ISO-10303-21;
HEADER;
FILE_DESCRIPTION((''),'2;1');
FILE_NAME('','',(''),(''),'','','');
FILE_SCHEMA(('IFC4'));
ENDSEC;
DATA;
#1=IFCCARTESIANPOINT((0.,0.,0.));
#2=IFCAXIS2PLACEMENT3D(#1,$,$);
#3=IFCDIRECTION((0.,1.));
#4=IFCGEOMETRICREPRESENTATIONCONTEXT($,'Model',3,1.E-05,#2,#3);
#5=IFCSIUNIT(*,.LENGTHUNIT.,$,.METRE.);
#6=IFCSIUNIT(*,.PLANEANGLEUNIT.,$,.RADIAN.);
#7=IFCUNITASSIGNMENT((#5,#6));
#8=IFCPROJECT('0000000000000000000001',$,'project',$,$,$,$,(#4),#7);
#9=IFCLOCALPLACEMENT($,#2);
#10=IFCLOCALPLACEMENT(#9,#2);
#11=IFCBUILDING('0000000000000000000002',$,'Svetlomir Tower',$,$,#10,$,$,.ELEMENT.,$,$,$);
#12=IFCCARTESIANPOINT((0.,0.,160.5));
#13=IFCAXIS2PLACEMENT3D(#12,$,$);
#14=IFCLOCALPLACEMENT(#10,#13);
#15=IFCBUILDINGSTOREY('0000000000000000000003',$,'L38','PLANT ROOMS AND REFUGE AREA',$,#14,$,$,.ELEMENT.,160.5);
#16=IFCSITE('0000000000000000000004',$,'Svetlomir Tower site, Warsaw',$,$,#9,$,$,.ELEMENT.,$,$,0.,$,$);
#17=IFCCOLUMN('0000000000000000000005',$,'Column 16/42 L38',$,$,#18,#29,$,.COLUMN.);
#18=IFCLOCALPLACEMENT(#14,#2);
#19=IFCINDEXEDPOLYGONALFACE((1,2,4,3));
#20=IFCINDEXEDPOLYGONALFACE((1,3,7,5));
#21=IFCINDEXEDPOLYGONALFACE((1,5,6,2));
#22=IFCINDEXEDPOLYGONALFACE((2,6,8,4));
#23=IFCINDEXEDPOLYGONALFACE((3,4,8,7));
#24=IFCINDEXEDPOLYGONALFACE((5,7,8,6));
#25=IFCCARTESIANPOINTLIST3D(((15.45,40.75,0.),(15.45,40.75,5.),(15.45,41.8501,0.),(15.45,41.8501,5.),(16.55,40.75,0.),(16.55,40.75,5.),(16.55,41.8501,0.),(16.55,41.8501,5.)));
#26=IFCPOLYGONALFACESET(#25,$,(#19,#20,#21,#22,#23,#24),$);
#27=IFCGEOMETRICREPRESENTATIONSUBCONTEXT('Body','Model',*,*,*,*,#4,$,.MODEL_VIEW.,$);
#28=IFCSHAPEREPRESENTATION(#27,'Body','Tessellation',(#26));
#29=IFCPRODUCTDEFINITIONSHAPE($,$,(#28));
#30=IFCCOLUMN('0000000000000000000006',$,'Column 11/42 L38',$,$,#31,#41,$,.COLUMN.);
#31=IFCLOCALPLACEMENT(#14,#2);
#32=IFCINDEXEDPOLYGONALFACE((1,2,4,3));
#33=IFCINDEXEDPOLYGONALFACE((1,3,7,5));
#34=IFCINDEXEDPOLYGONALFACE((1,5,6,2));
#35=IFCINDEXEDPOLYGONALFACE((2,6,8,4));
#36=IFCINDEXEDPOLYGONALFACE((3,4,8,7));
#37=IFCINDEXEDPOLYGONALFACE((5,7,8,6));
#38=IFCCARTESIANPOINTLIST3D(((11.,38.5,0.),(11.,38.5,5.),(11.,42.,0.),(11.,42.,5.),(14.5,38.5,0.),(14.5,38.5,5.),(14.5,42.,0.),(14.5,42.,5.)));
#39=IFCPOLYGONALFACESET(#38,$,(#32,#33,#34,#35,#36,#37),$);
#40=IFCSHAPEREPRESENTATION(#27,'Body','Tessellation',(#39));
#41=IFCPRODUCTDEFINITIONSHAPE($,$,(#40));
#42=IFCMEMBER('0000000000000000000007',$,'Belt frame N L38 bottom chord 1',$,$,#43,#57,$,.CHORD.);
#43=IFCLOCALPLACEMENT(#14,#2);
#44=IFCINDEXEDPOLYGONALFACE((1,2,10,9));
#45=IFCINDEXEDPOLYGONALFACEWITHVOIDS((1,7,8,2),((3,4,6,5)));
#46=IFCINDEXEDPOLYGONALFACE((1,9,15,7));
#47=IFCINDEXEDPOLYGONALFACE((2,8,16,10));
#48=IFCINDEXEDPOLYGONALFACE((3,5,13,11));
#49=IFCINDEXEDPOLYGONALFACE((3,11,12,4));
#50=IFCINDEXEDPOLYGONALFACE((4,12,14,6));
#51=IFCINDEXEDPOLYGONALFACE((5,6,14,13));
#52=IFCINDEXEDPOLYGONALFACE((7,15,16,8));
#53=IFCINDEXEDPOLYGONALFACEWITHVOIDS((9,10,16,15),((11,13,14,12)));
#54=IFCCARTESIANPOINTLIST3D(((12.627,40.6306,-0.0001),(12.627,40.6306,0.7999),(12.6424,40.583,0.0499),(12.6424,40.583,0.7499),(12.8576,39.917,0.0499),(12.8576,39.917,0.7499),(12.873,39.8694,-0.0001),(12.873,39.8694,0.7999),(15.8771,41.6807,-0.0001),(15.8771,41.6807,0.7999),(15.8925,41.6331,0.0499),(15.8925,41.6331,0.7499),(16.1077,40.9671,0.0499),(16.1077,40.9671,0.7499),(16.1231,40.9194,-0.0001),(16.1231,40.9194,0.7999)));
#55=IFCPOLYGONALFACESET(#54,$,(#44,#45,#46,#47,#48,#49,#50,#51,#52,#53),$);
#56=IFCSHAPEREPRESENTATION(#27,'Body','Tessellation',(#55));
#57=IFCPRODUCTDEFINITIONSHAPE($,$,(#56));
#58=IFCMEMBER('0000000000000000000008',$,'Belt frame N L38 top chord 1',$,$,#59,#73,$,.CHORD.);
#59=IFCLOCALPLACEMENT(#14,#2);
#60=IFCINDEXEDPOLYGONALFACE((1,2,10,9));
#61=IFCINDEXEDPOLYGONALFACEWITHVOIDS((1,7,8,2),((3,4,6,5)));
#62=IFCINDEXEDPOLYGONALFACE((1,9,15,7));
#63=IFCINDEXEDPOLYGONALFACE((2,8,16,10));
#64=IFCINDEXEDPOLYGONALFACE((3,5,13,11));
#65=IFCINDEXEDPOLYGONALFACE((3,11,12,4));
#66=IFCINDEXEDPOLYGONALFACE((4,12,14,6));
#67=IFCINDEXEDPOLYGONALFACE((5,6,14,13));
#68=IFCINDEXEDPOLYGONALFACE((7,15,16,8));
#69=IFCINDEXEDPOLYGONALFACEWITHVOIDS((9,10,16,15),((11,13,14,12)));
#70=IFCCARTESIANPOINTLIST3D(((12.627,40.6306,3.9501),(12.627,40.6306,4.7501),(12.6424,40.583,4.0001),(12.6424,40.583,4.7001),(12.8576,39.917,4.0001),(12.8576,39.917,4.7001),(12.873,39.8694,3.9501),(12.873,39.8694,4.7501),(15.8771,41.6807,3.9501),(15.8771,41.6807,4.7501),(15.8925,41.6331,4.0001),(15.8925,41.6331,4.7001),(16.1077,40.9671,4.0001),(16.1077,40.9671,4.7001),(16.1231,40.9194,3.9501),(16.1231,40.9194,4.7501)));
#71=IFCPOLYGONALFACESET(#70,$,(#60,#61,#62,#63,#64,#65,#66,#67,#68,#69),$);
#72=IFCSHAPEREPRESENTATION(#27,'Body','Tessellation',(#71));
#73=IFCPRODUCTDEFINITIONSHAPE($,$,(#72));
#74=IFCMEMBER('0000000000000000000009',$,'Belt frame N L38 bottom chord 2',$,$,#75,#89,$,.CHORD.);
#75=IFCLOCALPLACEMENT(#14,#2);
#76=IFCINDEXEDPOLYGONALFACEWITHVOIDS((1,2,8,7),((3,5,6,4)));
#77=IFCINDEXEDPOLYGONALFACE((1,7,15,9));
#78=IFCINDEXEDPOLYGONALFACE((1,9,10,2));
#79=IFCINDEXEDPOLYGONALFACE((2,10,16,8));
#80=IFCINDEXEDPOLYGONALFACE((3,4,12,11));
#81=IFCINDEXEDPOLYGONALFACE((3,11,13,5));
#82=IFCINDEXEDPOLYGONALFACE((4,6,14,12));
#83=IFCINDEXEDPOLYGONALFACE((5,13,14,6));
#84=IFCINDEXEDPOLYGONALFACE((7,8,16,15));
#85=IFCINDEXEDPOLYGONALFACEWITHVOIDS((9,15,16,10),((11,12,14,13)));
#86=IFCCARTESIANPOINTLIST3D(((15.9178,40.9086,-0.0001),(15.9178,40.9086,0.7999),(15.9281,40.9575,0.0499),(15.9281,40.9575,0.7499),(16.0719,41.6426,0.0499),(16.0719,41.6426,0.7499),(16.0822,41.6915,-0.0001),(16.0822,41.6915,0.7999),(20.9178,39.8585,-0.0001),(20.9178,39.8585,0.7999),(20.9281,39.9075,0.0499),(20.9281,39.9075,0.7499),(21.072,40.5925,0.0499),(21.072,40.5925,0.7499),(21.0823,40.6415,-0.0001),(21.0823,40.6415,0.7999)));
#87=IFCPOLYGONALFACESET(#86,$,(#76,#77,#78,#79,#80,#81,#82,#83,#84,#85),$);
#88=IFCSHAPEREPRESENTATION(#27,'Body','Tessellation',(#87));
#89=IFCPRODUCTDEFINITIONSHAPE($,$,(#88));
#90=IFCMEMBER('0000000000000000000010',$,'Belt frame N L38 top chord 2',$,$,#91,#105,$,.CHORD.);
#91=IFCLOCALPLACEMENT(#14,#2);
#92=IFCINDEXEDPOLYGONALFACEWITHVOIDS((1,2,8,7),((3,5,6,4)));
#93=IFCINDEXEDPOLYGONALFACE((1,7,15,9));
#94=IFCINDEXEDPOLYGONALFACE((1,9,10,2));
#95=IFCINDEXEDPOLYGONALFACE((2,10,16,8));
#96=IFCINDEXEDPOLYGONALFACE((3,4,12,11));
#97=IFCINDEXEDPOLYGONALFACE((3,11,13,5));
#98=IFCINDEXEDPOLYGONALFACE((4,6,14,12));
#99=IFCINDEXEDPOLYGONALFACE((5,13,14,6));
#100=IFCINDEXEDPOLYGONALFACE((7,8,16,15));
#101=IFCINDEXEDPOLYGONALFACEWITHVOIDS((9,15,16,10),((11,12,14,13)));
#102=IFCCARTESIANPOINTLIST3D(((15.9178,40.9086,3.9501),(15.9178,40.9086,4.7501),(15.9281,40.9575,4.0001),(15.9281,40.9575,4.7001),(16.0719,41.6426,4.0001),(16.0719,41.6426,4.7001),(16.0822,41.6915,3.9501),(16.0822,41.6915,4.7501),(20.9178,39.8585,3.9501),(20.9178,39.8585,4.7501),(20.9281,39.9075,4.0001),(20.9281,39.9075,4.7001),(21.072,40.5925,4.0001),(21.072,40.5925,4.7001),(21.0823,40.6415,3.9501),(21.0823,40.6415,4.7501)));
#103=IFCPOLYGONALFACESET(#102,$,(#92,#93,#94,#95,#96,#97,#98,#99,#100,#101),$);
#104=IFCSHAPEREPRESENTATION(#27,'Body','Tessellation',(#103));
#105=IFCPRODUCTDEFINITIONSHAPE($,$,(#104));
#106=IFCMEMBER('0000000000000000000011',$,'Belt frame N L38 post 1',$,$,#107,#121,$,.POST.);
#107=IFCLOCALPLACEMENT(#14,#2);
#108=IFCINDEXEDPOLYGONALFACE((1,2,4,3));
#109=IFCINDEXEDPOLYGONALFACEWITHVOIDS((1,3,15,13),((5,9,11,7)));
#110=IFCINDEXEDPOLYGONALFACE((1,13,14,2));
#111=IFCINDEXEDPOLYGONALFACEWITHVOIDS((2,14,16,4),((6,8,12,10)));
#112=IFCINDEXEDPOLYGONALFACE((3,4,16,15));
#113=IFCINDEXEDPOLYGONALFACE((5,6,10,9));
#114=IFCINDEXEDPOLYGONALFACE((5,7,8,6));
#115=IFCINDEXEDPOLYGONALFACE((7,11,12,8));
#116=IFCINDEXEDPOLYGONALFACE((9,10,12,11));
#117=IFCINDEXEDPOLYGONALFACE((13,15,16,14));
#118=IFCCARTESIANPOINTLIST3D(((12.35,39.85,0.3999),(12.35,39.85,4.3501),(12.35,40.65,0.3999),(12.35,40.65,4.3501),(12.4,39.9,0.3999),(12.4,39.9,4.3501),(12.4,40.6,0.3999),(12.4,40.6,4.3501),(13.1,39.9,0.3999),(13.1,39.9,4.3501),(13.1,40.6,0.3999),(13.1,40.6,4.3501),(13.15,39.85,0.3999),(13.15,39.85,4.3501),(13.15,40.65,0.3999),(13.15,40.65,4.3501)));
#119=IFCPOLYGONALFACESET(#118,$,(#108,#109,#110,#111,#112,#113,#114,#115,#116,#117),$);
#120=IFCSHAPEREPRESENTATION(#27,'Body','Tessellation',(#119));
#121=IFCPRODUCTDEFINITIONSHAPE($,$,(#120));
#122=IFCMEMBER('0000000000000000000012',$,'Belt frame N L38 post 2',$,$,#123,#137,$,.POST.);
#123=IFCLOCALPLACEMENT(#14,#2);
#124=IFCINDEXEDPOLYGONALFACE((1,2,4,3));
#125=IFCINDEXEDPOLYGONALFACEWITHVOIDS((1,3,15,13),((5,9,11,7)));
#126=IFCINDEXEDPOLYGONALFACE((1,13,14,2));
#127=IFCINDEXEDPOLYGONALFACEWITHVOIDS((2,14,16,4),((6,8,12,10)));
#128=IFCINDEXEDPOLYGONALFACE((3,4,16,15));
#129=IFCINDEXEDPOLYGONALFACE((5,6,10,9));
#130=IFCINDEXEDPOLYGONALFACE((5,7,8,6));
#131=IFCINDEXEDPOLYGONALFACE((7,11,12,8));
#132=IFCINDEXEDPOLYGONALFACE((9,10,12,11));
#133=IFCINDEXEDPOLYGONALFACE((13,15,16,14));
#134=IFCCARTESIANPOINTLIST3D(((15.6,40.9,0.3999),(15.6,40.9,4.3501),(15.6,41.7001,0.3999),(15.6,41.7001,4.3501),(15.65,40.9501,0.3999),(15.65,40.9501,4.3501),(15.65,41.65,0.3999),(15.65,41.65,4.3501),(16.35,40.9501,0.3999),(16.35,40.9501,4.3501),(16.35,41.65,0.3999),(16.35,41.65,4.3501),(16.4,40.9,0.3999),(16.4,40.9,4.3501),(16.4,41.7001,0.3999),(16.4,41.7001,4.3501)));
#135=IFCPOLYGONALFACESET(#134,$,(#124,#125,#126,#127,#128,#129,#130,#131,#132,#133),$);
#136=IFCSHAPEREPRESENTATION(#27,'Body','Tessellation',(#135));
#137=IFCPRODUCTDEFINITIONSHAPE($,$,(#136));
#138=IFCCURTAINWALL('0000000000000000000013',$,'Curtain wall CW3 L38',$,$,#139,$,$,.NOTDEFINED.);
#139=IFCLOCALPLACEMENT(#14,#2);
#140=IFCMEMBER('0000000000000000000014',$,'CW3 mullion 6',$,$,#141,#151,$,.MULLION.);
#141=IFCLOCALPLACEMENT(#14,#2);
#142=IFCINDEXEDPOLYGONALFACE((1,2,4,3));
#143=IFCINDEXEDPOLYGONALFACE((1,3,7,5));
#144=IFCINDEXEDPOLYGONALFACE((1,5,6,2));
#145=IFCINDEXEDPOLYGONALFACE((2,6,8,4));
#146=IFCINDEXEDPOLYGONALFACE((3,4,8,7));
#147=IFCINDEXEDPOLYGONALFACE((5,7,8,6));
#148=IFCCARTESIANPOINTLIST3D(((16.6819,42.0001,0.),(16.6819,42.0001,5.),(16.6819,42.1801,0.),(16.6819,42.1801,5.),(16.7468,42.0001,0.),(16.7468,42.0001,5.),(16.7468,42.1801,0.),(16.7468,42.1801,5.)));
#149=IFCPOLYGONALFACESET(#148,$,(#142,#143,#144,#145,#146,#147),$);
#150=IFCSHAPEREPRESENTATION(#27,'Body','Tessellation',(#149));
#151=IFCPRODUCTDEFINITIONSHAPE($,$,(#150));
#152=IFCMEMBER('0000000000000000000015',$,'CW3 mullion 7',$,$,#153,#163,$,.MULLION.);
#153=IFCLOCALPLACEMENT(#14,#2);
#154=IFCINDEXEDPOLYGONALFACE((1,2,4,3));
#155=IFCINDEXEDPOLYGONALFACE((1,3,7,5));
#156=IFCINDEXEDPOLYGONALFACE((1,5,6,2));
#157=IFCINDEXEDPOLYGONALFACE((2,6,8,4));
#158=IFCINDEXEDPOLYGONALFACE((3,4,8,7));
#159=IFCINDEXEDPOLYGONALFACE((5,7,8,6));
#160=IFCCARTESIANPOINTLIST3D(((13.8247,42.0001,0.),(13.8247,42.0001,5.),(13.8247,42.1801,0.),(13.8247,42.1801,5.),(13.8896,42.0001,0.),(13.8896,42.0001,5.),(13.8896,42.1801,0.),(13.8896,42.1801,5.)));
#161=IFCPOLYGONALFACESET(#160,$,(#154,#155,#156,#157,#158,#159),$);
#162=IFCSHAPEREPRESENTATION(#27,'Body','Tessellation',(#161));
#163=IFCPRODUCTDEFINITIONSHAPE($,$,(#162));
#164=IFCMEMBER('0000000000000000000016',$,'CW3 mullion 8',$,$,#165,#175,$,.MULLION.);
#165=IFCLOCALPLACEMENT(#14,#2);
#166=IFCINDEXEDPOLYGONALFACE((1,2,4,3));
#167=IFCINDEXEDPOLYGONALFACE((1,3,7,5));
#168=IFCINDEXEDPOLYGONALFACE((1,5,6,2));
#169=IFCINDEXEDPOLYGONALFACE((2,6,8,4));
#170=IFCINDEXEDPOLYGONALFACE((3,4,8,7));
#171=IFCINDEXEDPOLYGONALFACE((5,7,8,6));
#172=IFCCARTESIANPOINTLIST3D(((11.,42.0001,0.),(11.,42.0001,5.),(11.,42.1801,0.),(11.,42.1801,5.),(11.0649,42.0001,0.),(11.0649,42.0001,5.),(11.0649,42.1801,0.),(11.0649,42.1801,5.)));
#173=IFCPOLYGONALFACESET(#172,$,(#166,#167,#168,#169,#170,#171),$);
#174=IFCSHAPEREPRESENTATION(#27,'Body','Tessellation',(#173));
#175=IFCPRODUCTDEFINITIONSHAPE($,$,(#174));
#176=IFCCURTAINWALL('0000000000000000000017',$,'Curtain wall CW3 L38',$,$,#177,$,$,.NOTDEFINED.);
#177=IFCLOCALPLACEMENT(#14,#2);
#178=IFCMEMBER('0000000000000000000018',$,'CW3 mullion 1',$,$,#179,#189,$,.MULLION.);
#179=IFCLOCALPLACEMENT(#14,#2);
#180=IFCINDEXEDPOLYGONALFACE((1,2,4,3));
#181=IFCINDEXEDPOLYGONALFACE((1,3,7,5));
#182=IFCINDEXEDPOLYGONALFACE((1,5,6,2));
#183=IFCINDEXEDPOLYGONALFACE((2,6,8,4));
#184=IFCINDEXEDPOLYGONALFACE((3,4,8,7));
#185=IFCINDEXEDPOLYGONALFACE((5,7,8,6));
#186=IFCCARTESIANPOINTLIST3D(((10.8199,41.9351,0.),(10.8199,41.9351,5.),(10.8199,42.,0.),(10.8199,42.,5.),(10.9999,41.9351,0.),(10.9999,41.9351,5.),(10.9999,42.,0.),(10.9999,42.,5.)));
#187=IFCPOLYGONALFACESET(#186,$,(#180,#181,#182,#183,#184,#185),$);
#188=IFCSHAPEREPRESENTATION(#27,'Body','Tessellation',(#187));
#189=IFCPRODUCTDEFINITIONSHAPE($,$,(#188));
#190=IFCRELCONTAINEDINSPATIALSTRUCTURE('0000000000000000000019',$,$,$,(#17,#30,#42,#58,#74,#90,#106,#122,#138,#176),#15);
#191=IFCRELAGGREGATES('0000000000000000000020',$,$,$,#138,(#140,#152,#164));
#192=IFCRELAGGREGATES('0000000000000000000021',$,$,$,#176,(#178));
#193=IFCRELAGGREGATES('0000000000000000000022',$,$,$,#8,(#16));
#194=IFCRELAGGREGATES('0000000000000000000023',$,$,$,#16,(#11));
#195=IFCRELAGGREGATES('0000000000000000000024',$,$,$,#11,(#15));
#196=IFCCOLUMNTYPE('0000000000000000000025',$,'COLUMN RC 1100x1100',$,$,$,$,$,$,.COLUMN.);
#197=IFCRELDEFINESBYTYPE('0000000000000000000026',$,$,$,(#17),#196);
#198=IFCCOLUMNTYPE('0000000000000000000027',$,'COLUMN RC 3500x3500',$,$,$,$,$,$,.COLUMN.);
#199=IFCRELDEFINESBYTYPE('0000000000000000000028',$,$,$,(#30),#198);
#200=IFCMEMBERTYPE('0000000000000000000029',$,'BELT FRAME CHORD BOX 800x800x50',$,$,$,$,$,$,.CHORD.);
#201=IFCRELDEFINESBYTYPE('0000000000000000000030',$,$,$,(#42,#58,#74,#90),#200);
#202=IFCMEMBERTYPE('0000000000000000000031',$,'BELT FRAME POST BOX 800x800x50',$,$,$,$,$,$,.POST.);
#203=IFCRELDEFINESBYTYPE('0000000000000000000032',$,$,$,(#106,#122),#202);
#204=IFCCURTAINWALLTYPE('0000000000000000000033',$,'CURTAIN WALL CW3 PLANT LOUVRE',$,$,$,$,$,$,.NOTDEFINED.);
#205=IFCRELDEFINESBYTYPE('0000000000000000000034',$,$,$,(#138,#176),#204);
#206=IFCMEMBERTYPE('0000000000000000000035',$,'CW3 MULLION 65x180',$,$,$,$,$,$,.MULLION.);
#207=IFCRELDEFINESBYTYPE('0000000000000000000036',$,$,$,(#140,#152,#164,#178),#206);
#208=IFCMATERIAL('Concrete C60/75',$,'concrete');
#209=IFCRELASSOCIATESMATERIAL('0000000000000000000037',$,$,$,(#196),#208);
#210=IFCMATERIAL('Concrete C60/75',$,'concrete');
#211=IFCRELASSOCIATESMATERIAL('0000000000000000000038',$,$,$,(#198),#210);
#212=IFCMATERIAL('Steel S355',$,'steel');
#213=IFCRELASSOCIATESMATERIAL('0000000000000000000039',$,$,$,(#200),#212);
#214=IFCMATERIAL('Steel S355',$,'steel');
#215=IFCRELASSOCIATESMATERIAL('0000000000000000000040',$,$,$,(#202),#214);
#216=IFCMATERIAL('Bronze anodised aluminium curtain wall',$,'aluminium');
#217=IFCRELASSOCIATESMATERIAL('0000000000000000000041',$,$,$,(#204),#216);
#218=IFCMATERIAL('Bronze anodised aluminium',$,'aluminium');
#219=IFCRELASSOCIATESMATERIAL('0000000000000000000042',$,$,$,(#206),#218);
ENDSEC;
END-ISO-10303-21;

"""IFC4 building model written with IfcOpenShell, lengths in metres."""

from ifc_helpers import new_model, si_unit, direction, frame, origin, origin_2d, place, context, subcontext, project, spatial, rectangle, hollow_rectangle, extrude, material, material_profile, profile_set, type_object, element, aggregate, save


model = new_model("IFC4")

# Units and contexts
model_context = context("Model", 3, precision=1e-05, world=origin(), true_north=direction((0.0, 1.0)))
body_context = subcontext(model_context, "Body", "Model", "MODEL_VIEW")
ifc_project = project(units=[si_unit("LENGTHUNIT", "METRE"), si_unit("PLANEANGLEUNIT", "RADIAN")], contexts=[model_context])

# Site, building, storey
site_placement = place(None, origin())
site = spatial("IfcSite", under=ifc_project, at=site_placement, Name="Svetlomir Tower site, Warsaw", CompositionType="ELEMENT", RefElevation=0.0)
building_placement = place(site_placement, origin())
building = spatial("IfcBuilding", under=site, at=building_placement, Name="Svetlomir Tower", CompositionType="ELEMENT")
storey_placement = place(building_placement, frame((0.0, 0.0, 160.5)))
storey = spatial("IfcBuildingStorey", under=building, at=storey_placement, Name="L38", Description="PLANT ROOMS AND REFUGE AREA", CompositionType="ELEMENT", Elevation=160.5)

# Columns
ifc_material_1 = material(Name="Concrete C60/75", Category="concrete")
ifc_material_profile_1 = material_profile(ifc_material_1, rectangle(XDim=1.1001, YDim=1.1001, at=origin_2d()), Name="RC 1100x1100")
ifc_profile_set_1 = profile_set([ifc_material_profile_1], Name="Concrete C60/75")
column_type_1 = type_object("IfcColumnType", Name="COLUMN RC 1100x1100", PredefinedType="COLUMN", material=ifc_profile_set_1)
column_1_placement = place(storey_placement, frame((16.0, 41.3, 0.0), z_axis=(0.0, 0.0, 1.0), x_axis=(1.0, 0.0, 0.0)))
element("IfcColumn", 1, at=column_1_placement, inside=storey, type_object=column_type_1, Name="Column 16/42 L38", PredefinedType="COLUMN", context=body_context, shape_type="SweptSolid", body=[
    extrude(rectangle(XDim=1.1001, YDim=1.1001, at=origin_2d()), origin(), (0.0, 0.0, 1.0), 5.0),
])
ifc_material_2 = material(Name="Concrete C60/75", Category="concrete")
ifc_material_profile_2 = material_profile(ifc_material_2, rectangle(XDim=3.5, YDim=3.5, at=origin_2d()), Name="RC 3500x3500")
ifc_profile_set_2 = profile_set([ifc_material_profile_2], Name="Concrete C60/75")
column_type_2 = type_object("IfcColumnType", Name="COLUMN RC 3500x3500", PredefinedType="COLUMN", material=ifc_profile_set_2)
column_2_placement = place(storey_placement, frame((12.75, 40.25, 0.0), z_axis=(0.0, 0.0, 1.0), x_axis=(1.0, 0.0, 0.0)))
element("IfcColumn", 2, at=column_2_placement, inside=storey, type_object=column_type_2, Name="Column 11/42 L38", PredefinedType="COLUMN", context=body_context, shape_type="SweptSolid", body=[
    extrude(rectangle(XDim=3.5, YDim=3.5, at=origin_2d()), origin(), (0.0, 0.0, 1.0), 5.0),
])

# Members
ifc_material_3 = material(Name="Steel S355", Category="steel")
ifc_material_profile_3 = material_profile(ifc_material_3, hollow_rectangle(XDim=0.8, YDim=0.8, WallThickness=0.05, at=origin_2d()), Name="BOX 800x800x50")
ifc_profile_set_3 = profile_set([ifc_material_profile_3], Name="Steel S355")
member_type_1 = type_object("IfcMemberType", Name="BELT FRAME CHORD BOX 800x800x50", PredefinedType="CHORD", material=ifc_profile_set_3)
for number, where, z_axis, x_axis, name in (
    (3, (12.75, 40.25, 0.3999), (0.951566, 0.307443, 0.0), (-0.307443, 0.951566, 0.0), "Belt frame N L38 bottom chord 1"),
    (4, (12.75, 40.25, 4.3501), (0.951566, 0.307443, 0.0), (-0.307443, 0.951566, 0.0), "Belt frame N L38 top chord 1"),
):
    element("IfcMember", number, at=place(storey_placement, frame(where, z_axis=z_axis, x_axis=x_axis)), inside=storey, type_object=member_type_1, Name=name, PredefinedType="CHORD", context=body_context, shape_type="SweptSolid", body=[
        extrude(hollow_rectangle(XDim=0.8, YDim=0.8, WallThickness=0.05, at=origin_2d()), origin(), (0.0, 0.0, 1.0), 3.4155),
    ])
for number, where, z_axis, x_axis, name in (
    (5, (16.0, 41.3, 0.3999), (0.978652, -0.205526, 0.0), (0.205526, 0.978652, 0.0), "Belt frame N L38 bottom chord 2"),
    (6, (16.0, 41.3, 4.3501), (0.978652, -0.205526, 0.0), (0.205526, 0.978652, 0.0), "Belt frame N L38 top chord 2"),
):
    element("IfcMember", number, at=place(storey_placement, frame(where, z_axis=z_axis, x_axis=x_axis)), inside=storey, type_object=member_type_1, Name=name, PredefinedType="CHORD", context=body_context, shape_type="SweptSolid", body=[
        extrude(hollow_rectangle(XDim=0.8, YDim=0.8, WallThickness=0.05, at=origin_2d()), origin(), (0.0, 0.0, 1.0), 5.1091),
    ])
ifc_material_4 = material(Name="Steel S355", Category="steel")
ifc_material_profile_4 = material_profile(ifc_material_4, hollow_rectangle(XDim=0.8, YDim=0.8, WallThickness=0.05, at=origin_2d()), Name="BOX 800x800x50")
ifc_profile_set_4 = profile_set([ifc_material_profile_4], Name="Steel S355")
member_type_2 = type_object("IfcMemberType", Name="BELT FRAME POST BOX 800x800x50", PredefinedType="POST", material=ifc_profile_set_4)
for number, where, z_axis, x_axis, name in (
    (7, (12.75, 40.25, 0.3999), (0.0, 0.0, 1.0), (1.0, 0.0, 0.0), "Belt frame N L38 post 1"),
    (8, (16.0, 41.3, 0.3999), (0.0, 0.0, 1.0), (1.0, 0.0, 0.0), "Belt frame N L38 post 2"),
):
    element("IfcMember", number, at=place(storey_placement, frame(where, z_axis=z_axis, x_axis=x_axis)), inside=storey, type_object=member_type_2, Name=name, PredefinedType="POST", context=body_context, shape_type="SweptSolid", body=[
        extrude(hollow_rectangle(XDim=0.8, YDim=0.8, WallThickness=0.05, at=origin_2d()), origin(), (0.0, 0.0, 1.0), 3.9502),
    ])

# Curtain walls, members
ifc_material_5 = material(Name="Bronze anodised aluminium curtain wall", Category="aluminium")
curtain_wall_type = type_object("IfcCurtainWallType", Name="CURTAIN WALL CW3 PLANT LOUVRE", PredefinedType="NOTDEFINED", material=ifc_material_5)
curtain_wall_1_placement = place(storey_placement, origin())
curtain_wall_1 = element("IfcCurtainWall", 9, at=curtain_wall_1_placement, inside=storey, type_object=curtain_wall_type, Name="Curtain wall CW3 L38", PredefinedType="NOTDEFINED")
ifc_material_6 = material(Name="Bronze anodised aluminium", Category="aluminium")
ifc_material_profile_5 = material_profile(ifc_material_6, rectangle(XDim=0.0649, YDim=0.1799, at=origin_2d()), Name="AL 65x180")
ifc_profile_set_5 = profile_set([ifc_material_profile_5], Name="Bronze anodised aluminium 6063-T6")
member_type_3 = type_object("IfcMemberType", Name="CW3 MULLION 65x180", PredefinedType="MULLION", material=ifc_profile_set_5)
member_1_placement = place(storey_placement, frame((16.7144, 42.0901, 0.0), z_axis=(0.0, 0.0, 1.0), x_axis=(-1.0, 0.0, 0.0)))
member_1 = element("IfcMember", 10, at=member_1_placement, type_object=member_type_3, Name="CW3 mullion 6", PredefinedType="MULLION", context=body_context, shape_type="SweptSolid", body=[
    extrude(rectangle(XDim=0.0649, YDim=0.1799, at=origin_2d()), origin(), (0.0, 0.0, 1.0), 5.0),
])
member_2_placement = place(storey_placement, frame((13.8572, 42.0901, 0.0), z_axis=(0.0, 0.0, 1.0), x_axis=(-1.0, 0.0, 0.0)))
member_2 = element("IfcMember", 11, at=member_2_placement, type_object=member_type_3, Name="CW3 mullion 7", PredefinedType="MULLION", context=body_context, shape_type="SweptSolid", body=[
    extrude(rectangle(XDim=0.0649, YDim=0.1799, at=origin_2d()), origin(), (0.0, 0.0, 1.0), 5.0),
])
member_3_placement = place(storey_placement, frame((11.0325, 42.0901, 0.0), z_axis=(0.0, 0.0, 1.0), x_axis=(-1.0, 0.0, 0.0)))
member_3 = element("IfcMember", 12, at=member_3_placement, type_object=member_type_3, Name="CW3 mullion 8", PredefinedType="MULLION", context=body_context, shape_type="SweptSolid", body=[
    extrude(rectangle(XDim=0.0649, YDim=0.1799, at=origin_2d()), origin(), (0.0, 0.0, 1.0), 5.0),
])
curtain_wall_2_placement = place(storey_placement, origin())
curtain_wall_2 = element("IfcCurtainWall", 13, at=curtain_wall_2_placement, inside=storey, type_object=curtain_wall_type, Name="Curtain wall CW3 L38", PredefinedType="NOTDEFINED")
member_4_placement = place(storey_placement, frame((10.9099, 41.9675, 0.0), z_axis=(0.0, 0.0, 1.0), x_axis=(0.0, -1.0, 0.0)))
member_4 = element("IfcMember", 14, at=member_4_placement, type_object=member_type_3, Name="CW3 mullion 1", PredefinedType="MULLION", context=body_context, shape_type="SweptSolid", body=[
    extrude(rectangle(XDim=0.0649, YDim=0.1799, at=origin_2d()), origin(), (0.0, 0.0, 1.0), 5.0),
])

aggregate(curtain_wall_1, [member_1, member_2, member_3])
aggregate(curtain_wall_2, [member_4])

save(model, "model.ifc")
